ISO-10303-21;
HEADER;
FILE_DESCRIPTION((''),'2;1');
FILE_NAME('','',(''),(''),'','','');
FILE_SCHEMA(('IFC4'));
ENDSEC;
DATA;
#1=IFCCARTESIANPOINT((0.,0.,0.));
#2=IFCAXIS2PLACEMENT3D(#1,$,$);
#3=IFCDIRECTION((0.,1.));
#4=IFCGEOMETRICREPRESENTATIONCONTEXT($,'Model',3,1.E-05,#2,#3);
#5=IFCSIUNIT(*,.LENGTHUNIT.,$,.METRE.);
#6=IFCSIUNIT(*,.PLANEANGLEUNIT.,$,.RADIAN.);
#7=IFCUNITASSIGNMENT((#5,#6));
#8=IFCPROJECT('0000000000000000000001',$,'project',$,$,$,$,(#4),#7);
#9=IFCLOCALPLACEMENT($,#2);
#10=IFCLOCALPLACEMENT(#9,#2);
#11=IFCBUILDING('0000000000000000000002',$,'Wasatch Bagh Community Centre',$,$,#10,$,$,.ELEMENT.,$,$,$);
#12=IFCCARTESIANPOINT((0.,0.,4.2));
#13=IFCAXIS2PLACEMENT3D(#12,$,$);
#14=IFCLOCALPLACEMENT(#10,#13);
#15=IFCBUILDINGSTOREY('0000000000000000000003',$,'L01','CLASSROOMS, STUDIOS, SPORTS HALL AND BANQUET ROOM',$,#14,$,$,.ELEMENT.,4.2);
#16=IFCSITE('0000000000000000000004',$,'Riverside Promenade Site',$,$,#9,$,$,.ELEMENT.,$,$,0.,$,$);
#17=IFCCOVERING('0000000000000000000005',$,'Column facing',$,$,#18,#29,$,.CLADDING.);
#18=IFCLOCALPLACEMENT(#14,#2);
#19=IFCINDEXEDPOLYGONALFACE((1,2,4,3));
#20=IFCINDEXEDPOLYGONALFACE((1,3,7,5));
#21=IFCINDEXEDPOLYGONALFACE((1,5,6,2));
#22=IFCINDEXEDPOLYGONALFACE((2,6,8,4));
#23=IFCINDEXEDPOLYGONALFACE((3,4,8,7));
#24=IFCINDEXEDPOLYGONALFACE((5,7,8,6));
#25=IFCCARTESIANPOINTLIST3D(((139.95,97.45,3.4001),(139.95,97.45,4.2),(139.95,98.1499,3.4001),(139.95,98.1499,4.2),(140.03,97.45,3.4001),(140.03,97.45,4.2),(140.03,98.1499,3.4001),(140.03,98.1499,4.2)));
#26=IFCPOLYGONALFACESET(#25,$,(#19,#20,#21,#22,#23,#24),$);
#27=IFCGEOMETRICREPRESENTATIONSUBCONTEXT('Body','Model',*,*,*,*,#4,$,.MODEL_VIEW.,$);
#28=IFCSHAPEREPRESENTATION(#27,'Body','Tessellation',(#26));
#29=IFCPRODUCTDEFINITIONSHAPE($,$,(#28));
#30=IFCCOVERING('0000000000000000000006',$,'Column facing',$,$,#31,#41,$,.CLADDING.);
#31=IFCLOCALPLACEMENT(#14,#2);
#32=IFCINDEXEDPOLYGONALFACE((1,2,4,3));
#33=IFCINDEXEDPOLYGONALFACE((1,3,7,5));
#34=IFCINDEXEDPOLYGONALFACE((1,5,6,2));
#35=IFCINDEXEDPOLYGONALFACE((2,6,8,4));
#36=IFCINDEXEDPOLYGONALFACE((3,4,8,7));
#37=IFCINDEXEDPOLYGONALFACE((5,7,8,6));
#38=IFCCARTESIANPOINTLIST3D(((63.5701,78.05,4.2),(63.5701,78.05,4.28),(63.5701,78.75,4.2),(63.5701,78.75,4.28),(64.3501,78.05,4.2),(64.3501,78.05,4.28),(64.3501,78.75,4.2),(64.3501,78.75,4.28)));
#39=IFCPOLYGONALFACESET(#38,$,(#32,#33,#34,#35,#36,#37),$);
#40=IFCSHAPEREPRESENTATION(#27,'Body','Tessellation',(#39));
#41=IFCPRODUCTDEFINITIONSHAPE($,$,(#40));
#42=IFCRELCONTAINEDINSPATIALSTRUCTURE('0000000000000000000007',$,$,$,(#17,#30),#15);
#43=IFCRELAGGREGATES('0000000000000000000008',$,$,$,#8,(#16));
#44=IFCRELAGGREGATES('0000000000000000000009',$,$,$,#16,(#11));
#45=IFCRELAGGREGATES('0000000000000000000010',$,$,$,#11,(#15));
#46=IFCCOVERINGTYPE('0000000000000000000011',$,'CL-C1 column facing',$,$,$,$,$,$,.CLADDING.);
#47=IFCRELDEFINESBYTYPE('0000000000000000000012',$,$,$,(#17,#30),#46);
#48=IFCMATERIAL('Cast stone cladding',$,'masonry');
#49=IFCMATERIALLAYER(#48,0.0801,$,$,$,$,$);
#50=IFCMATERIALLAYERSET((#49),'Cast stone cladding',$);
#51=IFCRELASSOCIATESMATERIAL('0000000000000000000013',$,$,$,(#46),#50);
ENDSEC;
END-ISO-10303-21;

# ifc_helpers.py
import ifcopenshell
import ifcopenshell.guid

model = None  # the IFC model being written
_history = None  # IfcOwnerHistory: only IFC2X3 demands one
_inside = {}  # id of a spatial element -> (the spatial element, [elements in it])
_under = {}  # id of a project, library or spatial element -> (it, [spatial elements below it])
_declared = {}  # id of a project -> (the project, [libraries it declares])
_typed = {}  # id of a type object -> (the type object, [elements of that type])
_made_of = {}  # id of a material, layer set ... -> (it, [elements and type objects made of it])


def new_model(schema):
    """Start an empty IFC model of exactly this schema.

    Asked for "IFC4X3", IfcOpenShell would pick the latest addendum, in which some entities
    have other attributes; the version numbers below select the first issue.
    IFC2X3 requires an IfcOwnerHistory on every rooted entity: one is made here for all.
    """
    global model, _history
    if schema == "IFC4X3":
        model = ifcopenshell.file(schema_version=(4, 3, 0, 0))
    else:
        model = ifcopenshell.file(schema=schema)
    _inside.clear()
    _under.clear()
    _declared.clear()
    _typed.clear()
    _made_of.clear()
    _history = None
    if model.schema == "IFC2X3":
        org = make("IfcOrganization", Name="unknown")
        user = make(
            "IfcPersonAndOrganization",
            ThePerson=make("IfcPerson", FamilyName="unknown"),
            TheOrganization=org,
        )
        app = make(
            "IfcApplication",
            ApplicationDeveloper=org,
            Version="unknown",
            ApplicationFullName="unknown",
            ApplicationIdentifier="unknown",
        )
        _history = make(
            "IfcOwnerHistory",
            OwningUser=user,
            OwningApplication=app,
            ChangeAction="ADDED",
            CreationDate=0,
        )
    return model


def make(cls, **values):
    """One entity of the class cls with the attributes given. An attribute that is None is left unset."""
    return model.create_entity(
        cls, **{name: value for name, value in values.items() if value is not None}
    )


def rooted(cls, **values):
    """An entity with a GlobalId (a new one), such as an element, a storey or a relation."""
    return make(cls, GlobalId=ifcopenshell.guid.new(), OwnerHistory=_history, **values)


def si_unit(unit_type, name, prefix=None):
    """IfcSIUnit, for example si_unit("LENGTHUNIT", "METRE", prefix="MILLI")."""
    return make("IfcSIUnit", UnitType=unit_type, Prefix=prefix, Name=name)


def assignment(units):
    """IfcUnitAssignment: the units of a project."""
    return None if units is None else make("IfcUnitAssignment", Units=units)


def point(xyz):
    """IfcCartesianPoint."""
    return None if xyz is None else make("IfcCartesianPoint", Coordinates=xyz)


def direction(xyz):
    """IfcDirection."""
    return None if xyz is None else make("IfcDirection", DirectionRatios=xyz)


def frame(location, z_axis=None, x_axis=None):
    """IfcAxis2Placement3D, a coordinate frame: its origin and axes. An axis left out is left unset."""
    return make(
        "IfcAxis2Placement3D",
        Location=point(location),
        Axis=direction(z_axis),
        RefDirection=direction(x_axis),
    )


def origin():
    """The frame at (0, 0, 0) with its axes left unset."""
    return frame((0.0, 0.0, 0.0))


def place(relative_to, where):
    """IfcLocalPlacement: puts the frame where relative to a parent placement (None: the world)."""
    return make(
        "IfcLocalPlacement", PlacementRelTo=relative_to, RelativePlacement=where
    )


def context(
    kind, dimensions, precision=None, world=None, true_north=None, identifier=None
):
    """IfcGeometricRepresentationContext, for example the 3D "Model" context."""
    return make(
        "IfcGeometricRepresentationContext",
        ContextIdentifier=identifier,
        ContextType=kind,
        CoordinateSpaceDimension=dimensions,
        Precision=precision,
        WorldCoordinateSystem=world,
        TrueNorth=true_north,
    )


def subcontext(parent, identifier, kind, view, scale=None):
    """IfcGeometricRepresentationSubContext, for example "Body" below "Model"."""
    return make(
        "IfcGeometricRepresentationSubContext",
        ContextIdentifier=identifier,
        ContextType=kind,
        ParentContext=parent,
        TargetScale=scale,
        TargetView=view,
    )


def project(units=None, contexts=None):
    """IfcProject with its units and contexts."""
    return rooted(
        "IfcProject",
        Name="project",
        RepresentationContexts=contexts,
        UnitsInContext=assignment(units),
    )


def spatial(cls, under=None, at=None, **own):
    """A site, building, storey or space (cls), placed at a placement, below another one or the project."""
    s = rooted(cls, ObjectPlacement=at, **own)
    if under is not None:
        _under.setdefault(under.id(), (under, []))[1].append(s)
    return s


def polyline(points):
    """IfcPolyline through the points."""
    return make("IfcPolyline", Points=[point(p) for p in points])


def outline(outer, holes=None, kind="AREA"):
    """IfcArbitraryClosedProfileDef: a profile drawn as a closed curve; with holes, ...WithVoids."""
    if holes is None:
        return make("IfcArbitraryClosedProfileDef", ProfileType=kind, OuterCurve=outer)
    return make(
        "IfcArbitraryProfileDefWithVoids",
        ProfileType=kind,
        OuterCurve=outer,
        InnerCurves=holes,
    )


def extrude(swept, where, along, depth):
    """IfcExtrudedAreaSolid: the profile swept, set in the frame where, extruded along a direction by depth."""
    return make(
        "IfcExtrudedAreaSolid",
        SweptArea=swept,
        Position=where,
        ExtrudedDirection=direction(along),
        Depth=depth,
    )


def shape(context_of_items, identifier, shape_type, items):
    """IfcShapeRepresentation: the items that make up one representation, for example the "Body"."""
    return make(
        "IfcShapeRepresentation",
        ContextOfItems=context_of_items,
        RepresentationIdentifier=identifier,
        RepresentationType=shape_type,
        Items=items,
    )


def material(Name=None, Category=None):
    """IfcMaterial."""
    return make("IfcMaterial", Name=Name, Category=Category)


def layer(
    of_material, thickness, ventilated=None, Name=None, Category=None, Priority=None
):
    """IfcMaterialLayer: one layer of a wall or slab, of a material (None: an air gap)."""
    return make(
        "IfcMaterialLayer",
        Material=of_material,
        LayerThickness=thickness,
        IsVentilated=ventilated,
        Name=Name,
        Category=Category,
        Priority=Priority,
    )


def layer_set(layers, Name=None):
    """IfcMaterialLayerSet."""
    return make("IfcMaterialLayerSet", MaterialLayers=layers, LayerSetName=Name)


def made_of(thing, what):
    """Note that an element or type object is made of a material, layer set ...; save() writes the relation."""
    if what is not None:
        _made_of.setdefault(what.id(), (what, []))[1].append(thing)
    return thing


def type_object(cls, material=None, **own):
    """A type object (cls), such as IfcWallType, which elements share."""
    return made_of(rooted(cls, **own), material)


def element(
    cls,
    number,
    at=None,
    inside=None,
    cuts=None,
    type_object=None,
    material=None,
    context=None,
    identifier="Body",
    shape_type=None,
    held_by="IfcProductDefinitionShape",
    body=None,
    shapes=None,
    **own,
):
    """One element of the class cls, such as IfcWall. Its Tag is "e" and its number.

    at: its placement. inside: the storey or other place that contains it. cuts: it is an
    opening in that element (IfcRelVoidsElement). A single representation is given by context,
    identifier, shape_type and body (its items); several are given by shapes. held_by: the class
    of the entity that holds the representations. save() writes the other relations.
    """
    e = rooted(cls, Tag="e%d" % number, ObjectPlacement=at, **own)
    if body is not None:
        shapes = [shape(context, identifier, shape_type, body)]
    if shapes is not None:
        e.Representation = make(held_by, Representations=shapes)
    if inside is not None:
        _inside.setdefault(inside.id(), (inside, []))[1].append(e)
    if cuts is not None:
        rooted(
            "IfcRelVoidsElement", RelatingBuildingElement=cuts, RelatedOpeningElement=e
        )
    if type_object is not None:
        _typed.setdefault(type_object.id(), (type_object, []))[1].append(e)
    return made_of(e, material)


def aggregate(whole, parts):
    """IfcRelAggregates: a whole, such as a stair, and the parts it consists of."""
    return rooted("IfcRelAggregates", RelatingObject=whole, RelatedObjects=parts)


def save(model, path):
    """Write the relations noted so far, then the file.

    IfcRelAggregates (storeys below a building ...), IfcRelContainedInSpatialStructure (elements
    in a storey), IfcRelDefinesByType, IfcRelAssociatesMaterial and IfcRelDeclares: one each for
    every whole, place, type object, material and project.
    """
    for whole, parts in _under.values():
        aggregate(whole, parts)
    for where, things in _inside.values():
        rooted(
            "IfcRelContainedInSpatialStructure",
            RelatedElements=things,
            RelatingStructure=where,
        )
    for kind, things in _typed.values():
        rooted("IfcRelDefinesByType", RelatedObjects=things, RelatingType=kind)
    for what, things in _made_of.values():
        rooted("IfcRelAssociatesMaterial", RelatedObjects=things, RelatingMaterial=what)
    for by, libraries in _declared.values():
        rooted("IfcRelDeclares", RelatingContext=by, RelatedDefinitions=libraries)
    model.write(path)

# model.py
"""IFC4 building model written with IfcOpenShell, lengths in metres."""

from ifc_helpers import new_model, si_unit, direction, frame, origin, place, context, subcontext, project, spatial, polyline, outline, extrude, material, layer, layer_set, type_object, element, save


model = new_model("IFC4")

# Units and contexts
model_context = context("Model", 3, precision=1e-05, world=origin(), true_north=direction((0.0, 1.0)))
body_context = subcontext(model_context, "Body", "Model", "MODEL_VIEW")
ifc_project = project(units=[si_unit("LENGTHUNIT", "METRE"), si_unit("PLANEANGLEUNIT", "RADIAN")], contexts=[model_context])

# Site, building, storey
site_placement = place(None, origin())
site = spatial("IfcSite", under=ifc_project, at=site_placement, Name="Riverside Promenade Site", CompositionType="ELEMENT", RefElevation=0.0)
building_placement = place(site_placement, origin())
building = spatial("IfcBuilding", under=site, at=building_placement, Name="Wasatch Bagh Community Centre", CompositionType="ELEMENT")
storey_placement = place(building_placement, frame((0.0, 0.0, 4.2)))
storey = spatial("IfcBuildingStorey", under=building, at=storey_placement, Name="L01", Description="CLASSROOMS, STUDIOS, SPORTS HALL AND BANQUET ROOM", CompositionType="ELEMENT", Elevation=4.2)

# Coverings
ifc_material = material(Name="Cast stone cladding", Category="masonry")
ifc_layer_1 = layer(ifc_material, 0.0801)
ifc_layer_set_1 = layer_set([ifc_layer_1], Name="Cast stone cladding")
covering_type_1 = type_object("IfcCoveringType", Name="CL-C1 column facing", PredefinedType="CLADDING", material=ifc_layer_set_1)
covering_1_placement = place(storey_placement, frame((0.0, 0.0, 3.4001)))
element("IfcCovering", 1, at=covering_1_placement, inside=storey, type_object=covering_type_1, Name="Column facing", PredefinedType="CLADDING", context=body_context, shape_type="SweptSolid", body=[
    extrude(outline(polyline([(139.95, 97.45), (139.95, 98.1499), (140.03, 98.1499), (140.03, 97.45), (139.95, 97.45)])), origin(), (0.0, 0.0, 1.0), 0.7998),
])
covering_2_placement = place(storey_placement, frame((0.0, 0.0, 4.2)))
element("IfcCovering", 2, at=covering_2_placement, inside=storey, type_object=covering_type_1, Name="Column facing", PredefinedType="CLADDING", context=body_context, shape_type="SweptSolid", body=[
    extrude(outline(polyline([(63.5701, 78.05), (63.5701, 78.75), (64.3501, 78.75), (64.3501, 78.05), (63.5701, 78.05)])), origin(), (0.0, 0.0, 1.0), 0.0801),
])

save(model, "model.ifc")
